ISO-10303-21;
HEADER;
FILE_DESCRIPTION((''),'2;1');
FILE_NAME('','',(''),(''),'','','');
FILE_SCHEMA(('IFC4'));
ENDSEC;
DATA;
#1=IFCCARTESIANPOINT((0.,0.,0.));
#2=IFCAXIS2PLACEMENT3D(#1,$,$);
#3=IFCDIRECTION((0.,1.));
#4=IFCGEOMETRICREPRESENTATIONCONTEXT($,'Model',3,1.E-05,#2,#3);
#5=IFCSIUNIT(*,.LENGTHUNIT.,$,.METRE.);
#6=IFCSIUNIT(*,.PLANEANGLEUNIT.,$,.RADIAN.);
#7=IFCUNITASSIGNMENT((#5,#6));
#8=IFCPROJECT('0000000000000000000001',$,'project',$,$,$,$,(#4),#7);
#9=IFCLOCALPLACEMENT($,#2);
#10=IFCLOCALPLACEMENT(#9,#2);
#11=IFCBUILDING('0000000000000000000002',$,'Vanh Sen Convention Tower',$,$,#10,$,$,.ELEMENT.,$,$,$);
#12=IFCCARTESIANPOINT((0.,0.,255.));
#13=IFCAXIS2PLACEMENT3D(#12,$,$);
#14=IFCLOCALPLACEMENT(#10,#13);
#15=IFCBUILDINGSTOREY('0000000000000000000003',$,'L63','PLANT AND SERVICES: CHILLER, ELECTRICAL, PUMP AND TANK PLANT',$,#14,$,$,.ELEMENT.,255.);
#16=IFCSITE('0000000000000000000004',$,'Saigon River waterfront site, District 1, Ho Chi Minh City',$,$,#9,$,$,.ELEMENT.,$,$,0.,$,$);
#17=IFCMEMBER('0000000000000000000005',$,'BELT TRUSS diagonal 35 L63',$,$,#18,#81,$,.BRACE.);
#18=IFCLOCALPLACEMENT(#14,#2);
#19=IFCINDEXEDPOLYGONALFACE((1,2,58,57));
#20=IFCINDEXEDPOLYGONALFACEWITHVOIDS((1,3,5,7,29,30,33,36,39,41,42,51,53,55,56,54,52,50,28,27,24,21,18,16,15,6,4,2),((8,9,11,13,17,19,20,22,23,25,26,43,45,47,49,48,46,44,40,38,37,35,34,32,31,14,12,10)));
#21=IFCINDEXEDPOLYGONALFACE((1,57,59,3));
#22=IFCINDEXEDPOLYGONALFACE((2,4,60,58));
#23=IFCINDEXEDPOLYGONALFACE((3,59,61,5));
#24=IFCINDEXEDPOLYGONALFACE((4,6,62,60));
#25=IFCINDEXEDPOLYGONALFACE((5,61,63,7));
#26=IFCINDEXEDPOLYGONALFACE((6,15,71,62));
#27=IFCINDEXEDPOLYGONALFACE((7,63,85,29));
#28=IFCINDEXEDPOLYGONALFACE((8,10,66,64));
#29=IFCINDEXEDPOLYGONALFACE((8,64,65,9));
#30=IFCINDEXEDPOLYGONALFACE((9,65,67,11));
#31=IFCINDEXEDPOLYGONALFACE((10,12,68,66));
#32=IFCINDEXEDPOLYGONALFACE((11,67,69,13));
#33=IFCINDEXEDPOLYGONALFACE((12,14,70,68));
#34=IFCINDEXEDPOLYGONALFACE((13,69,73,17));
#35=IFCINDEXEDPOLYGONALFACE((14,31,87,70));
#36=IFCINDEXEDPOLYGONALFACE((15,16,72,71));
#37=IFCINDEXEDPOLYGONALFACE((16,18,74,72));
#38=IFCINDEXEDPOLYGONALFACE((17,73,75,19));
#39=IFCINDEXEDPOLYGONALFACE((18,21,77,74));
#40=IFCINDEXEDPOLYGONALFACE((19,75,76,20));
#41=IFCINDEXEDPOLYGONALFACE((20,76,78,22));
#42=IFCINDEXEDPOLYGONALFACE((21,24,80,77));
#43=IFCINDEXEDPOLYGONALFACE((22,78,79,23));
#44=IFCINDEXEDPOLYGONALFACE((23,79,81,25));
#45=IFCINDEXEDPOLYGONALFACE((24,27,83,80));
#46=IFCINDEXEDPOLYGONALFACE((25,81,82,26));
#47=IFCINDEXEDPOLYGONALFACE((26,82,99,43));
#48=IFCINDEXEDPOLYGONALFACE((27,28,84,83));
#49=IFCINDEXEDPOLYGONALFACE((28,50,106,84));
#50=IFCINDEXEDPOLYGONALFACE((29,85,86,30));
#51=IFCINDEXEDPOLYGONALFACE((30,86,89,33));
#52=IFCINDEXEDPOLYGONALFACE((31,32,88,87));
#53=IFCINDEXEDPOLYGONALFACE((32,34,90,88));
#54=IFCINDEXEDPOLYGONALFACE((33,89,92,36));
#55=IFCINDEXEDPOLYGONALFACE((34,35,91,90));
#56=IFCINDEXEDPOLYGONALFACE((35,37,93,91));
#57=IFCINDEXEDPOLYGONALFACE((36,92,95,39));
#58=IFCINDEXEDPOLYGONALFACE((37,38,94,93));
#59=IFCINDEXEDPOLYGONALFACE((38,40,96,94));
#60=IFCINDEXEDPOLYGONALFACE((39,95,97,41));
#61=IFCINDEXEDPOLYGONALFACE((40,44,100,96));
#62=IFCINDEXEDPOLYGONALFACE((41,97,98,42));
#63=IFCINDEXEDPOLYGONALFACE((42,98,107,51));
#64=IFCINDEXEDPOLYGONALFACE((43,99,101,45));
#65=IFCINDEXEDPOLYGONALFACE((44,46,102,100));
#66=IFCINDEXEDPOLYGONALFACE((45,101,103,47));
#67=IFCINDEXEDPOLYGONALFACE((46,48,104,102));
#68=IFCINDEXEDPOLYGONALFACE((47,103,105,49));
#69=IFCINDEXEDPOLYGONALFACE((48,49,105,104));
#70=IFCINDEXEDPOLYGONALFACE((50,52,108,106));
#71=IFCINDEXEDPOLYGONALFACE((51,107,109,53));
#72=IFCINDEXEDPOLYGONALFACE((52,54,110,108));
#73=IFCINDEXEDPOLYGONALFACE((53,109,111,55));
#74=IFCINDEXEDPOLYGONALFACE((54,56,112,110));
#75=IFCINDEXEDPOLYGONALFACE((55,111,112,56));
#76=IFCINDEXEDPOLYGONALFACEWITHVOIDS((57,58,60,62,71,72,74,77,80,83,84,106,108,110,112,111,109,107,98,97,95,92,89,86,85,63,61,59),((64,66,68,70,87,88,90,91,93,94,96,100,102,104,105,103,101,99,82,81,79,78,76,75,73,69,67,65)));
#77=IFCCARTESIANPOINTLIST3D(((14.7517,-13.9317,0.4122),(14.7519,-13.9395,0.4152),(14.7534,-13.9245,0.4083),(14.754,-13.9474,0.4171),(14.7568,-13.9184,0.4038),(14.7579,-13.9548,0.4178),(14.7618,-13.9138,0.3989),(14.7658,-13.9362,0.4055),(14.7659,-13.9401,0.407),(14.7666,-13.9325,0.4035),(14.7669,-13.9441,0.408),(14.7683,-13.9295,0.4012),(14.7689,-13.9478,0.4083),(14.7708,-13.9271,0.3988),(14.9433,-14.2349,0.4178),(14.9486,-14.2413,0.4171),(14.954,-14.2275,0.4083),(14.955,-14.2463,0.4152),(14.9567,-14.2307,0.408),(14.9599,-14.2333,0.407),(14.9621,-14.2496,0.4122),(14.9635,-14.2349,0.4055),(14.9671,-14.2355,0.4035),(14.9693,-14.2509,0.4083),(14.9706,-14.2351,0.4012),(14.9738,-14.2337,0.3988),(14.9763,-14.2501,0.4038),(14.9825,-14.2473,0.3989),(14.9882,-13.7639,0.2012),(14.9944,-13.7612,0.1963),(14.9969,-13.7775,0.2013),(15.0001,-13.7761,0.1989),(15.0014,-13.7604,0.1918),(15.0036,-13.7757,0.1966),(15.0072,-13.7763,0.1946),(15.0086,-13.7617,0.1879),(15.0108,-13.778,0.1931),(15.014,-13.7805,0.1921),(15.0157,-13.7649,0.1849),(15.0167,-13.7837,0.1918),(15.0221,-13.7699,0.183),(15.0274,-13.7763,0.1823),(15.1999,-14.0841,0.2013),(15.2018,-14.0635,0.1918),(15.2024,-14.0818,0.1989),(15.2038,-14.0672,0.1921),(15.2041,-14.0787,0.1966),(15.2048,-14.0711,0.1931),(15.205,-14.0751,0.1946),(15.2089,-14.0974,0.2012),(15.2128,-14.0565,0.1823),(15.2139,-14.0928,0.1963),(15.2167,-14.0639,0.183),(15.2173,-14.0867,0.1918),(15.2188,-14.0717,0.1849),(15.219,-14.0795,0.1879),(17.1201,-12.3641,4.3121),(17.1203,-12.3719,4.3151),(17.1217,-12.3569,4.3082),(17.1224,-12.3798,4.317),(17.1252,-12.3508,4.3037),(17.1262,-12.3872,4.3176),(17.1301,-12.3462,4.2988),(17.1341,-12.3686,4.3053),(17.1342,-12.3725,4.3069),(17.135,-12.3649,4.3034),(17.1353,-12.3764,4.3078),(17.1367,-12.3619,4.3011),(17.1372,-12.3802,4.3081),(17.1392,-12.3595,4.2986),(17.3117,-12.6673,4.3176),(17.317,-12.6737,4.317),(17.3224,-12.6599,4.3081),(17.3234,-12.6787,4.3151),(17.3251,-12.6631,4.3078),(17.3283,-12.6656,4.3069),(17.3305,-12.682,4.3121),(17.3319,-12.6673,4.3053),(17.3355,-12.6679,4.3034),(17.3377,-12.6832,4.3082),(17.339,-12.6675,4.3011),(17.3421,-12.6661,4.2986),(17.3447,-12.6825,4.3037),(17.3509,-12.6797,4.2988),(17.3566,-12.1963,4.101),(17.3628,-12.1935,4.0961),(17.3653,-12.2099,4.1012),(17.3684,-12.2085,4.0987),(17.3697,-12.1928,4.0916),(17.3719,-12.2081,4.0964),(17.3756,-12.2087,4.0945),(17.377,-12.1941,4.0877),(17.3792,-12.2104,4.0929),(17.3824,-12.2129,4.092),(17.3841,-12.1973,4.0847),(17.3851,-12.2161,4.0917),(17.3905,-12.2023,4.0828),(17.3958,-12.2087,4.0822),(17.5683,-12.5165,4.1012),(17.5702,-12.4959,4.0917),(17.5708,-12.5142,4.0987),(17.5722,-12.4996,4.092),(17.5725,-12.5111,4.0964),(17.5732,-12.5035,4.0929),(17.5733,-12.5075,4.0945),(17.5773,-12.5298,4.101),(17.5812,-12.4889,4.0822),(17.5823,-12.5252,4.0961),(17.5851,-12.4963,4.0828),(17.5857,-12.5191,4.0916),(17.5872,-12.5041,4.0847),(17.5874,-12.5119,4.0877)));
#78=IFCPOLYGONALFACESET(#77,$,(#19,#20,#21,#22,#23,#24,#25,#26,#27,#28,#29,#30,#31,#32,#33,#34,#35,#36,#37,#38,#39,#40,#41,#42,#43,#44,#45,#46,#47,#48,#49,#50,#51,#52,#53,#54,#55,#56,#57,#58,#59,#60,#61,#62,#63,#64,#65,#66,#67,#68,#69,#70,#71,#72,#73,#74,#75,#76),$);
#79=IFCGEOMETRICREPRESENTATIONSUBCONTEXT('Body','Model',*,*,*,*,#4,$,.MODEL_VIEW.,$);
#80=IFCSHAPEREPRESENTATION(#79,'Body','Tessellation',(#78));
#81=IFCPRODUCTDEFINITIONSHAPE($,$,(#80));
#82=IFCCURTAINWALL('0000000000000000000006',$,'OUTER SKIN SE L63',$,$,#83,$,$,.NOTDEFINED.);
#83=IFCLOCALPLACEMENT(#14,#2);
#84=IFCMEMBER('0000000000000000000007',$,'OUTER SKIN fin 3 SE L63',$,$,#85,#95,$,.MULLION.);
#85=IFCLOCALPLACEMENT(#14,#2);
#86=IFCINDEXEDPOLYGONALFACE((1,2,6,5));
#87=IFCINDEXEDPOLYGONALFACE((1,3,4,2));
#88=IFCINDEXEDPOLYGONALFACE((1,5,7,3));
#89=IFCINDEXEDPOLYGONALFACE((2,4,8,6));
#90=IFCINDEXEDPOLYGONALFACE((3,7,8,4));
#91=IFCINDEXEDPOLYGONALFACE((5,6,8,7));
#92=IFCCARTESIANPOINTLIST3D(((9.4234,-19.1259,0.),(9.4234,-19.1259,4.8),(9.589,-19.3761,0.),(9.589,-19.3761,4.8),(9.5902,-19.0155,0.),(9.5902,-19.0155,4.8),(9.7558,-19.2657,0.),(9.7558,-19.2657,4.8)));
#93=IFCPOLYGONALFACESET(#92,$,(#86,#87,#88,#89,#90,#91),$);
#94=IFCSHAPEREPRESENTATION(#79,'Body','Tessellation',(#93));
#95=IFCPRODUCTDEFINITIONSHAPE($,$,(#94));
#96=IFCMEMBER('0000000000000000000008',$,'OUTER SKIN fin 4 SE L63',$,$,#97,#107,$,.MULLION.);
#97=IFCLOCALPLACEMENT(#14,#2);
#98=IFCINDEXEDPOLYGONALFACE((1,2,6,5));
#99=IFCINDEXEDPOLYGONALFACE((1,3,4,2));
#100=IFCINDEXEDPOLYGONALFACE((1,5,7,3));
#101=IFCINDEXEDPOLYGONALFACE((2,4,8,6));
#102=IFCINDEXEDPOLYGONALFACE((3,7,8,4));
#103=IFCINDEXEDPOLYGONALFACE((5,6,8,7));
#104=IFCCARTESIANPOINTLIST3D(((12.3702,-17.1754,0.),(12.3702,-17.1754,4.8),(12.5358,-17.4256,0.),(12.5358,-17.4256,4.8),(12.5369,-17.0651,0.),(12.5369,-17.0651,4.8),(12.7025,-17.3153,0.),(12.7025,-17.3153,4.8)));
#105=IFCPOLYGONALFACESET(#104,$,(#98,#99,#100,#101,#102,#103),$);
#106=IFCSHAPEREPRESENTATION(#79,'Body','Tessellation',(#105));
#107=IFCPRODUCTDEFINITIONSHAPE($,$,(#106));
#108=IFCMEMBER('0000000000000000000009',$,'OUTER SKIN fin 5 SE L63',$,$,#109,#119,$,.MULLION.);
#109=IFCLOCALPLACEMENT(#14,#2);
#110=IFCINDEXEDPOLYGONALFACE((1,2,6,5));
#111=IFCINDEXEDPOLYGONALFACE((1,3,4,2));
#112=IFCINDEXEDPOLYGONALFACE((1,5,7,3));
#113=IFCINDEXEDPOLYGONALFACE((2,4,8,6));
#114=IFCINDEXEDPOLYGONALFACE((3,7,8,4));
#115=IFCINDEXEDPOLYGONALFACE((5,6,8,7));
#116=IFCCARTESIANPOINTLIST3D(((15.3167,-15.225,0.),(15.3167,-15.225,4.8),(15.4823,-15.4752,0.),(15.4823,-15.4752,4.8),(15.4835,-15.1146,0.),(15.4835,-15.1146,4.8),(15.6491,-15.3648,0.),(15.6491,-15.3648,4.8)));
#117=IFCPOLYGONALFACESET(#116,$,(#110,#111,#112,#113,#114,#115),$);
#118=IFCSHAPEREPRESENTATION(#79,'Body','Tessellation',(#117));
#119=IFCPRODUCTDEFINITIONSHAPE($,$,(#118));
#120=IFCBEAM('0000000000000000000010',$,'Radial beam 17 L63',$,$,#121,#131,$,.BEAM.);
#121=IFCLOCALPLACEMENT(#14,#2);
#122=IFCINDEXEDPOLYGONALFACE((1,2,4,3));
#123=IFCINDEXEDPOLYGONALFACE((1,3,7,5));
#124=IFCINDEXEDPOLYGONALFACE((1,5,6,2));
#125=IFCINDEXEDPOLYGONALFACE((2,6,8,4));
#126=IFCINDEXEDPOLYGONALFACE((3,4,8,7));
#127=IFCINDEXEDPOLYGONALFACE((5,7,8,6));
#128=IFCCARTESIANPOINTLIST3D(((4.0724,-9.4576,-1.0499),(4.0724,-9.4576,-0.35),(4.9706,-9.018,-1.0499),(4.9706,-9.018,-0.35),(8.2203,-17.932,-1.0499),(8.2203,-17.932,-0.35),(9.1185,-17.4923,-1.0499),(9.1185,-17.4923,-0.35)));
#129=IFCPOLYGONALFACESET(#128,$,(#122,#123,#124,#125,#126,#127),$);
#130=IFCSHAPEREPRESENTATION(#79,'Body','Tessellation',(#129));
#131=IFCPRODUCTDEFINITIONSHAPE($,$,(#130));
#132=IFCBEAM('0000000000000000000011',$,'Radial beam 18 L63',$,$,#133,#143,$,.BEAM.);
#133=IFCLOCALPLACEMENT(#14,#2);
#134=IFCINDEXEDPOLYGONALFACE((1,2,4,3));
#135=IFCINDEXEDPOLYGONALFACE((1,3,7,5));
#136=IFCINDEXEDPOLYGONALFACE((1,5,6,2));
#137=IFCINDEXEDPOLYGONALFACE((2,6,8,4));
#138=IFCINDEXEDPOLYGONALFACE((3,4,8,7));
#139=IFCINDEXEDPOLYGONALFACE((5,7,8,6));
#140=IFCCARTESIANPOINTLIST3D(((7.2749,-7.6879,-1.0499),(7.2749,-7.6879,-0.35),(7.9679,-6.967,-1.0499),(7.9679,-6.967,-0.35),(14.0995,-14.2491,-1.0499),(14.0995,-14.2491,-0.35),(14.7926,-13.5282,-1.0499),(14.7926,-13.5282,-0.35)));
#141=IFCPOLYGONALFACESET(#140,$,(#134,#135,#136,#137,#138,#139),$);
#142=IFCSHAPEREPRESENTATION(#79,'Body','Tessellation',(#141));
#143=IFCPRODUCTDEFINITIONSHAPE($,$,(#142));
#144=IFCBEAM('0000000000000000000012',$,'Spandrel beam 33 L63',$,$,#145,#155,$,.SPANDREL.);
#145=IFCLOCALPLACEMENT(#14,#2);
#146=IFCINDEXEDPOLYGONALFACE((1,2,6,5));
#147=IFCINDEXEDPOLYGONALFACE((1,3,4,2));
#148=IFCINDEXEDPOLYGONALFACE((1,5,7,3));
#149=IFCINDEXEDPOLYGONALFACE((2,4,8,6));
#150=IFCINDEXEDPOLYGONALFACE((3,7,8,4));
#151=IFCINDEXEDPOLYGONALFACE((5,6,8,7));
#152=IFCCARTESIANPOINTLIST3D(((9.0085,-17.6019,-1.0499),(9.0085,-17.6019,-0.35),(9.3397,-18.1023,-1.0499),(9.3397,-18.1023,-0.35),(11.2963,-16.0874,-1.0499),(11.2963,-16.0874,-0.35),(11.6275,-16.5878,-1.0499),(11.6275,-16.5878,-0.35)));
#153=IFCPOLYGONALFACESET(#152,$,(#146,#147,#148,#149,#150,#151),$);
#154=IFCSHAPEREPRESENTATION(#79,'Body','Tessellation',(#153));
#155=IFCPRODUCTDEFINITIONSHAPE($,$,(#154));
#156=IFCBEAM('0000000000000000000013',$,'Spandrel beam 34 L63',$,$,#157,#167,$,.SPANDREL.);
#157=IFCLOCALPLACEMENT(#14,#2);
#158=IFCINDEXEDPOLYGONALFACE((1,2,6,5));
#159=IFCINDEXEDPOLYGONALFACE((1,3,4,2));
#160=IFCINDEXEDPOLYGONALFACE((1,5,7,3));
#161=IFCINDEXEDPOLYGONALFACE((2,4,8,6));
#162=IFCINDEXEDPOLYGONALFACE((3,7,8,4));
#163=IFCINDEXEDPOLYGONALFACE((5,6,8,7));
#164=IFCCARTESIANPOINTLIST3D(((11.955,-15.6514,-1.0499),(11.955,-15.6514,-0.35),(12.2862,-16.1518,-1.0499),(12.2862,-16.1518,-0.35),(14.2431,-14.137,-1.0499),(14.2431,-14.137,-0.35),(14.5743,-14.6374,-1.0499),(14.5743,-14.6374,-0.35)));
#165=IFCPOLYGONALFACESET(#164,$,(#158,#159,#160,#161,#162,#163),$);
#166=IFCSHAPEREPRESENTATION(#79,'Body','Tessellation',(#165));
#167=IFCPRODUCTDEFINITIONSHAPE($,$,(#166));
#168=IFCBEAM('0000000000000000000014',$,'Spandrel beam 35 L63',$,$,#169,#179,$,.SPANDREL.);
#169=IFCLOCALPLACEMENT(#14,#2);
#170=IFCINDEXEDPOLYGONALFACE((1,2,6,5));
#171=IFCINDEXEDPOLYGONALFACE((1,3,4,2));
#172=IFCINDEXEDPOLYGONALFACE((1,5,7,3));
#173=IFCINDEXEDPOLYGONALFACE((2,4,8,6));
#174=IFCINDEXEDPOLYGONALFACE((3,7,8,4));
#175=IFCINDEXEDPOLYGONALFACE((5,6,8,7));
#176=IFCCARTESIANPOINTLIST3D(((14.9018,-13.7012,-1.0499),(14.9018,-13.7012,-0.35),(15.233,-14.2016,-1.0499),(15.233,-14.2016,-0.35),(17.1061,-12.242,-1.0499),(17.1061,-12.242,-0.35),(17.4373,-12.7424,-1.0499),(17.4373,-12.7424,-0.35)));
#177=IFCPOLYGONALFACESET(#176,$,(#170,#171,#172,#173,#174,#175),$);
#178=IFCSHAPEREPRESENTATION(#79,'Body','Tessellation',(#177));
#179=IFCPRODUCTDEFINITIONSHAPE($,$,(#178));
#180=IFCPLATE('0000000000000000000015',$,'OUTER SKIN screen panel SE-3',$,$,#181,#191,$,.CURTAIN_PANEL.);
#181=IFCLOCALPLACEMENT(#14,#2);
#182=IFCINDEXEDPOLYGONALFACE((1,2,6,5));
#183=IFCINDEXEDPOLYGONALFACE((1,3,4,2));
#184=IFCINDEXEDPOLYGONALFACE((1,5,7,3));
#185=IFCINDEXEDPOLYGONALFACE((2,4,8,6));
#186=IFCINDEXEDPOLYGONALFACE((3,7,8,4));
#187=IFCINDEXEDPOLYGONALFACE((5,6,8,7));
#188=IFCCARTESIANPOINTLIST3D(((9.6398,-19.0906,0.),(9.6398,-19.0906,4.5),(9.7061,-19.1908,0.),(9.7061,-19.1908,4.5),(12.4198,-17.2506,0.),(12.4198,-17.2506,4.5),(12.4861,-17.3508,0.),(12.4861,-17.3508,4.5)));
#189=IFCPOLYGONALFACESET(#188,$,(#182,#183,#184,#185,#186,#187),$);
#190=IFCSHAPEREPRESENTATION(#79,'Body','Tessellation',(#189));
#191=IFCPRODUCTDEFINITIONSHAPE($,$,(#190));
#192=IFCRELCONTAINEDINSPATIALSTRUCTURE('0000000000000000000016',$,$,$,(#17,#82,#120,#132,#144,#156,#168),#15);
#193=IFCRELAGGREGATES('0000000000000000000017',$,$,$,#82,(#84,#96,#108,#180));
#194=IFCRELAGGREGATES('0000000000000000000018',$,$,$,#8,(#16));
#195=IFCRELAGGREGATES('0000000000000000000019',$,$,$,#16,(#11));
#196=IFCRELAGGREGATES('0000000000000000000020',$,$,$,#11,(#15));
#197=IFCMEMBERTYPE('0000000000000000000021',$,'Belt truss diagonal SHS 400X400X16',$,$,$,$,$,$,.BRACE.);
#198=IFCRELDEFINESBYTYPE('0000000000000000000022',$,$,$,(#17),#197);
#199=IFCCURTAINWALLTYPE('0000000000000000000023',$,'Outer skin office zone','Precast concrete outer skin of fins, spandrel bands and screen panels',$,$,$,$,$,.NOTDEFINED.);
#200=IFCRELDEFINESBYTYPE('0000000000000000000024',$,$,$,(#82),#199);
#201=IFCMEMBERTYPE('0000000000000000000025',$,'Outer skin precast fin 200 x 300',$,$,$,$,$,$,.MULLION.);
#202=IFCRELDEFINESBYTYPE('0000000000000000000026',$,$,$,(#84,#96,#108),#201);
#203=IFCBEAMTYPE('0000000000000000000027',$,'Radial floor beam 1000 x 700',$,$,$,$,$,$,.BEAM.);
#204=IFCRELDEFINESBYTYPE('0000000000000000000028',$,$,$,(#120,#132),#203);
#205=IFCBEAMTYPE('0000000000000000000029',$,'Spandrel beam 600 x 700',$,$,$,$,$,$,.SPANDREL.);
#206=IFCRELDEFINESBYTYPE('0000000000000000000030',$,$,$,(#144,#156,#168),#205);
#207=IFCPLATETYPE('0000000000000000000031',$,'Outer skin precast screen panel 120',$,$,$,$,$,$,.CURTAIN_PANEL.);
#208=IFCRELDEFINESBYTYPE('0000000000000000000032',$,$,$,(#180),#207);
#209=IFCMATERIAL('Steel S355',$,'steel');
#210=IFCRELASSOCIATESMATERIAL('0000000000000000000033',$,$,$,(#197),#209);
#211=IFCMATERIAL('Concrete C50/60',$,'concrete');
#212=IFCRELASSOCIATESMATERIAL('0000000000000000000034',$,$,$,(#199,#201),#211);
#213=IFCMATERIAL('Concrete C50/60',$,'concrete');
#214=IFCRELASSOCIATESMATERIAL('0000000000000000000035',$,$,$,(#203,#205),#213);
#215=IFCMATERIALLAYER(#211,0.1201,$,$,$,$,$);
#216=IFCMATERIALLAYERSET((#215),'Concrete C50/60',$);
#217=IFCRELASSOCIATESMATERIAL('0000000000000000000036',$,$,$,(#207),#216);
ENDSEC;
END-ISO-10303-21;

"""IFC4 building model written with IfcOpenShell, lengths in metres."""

from ifc_helpers import new_model, si_unit, direction, frame, origin, origin_2d, place, context, subcontext, project, spatial, rectangle, hollow_rectangle, extrude, material, layer, layer_set, material_profile, profile_set, type_object, element, aggregate, save


model = new_model("IFC4")

# Units and contexts
model_context = context("Model", 3, precision=1e-05, world=origin(), true_north=direction((0.0, 1.0)))
body_context = subcontext(model_context, "Body", "Model", "MODEL_VIEW")
ifc_project = project(units=[si_unit("LENGTHUNIT", "METRE"), si_unit("PLANEANGLEUNIT", "RADIAN")], contexts=[model_context])

# Site, building, storey
site_placement = place(None, origin())
site = spatial("IfcSite", under=ifc_project, at=site_placement, Name="Saigon River waterfront site, District 1, Ho Chi Minh City", CompositionType="ELEMENT", RefElevation=0.0)
building_placement = place(site_placement, origin())
building = spatial("IfcBuilding", under=site, at=building_placement, Name="Vanh Sen Convention Tower", CompositionType="ELEMENT")
storey_placement = place(building_placement, frame((0.0, 0.0, 255.0)))
storey = spatial("IfcBuildingStorey", under=building, at=storey_placement, Name="L63", Description="PLANT AND SERVICES: CHILLER, ELECTRICAL, PUMP AND TANK PLANT", CompositionType="ELEMENT", Elevation=255.0)

# Member
ifc_material_1 = material(Name="Steel S355", Category="steel")
ifc_material_profile_1 = material_profile(ifc_material_1, hollow_rectangle(XDim=0.3999, YDim=0.3999, WallThickness=0.0161, InnerFilletRadius=0.0161, OuterFilletRadius=0.032, at=origin_2d()), Name="SHS 400X400X16")
ifc_profile_set_1 = profile_set([ifc_material_profile_1], Name="Steel S355")
member_type_1 = type_object("IfcMemberType", Name="Belt truss diagonal SHS 400X400X16", PredefinedType="BRACE", material=ifc_profile_set_1)
member_1_placement = place(storey_placement, frame((14.9854, -14.0056, 0.3), z_axis=(0.49091, 0.324929, 0.808349), x_axis=(-0.55194, 0.833884, 0.0)))
element("IfcMember", 1, at=member_1_placement, inside=storey, type_object=member_type_1, Name="BELT TRUSS diagonal 35 L63", PredefinedType="BRACE", context=body_context, shape_type="SweptSolid", body=[
    extrude(hollow_rectangle(XDim=0.3999, YDim=0.3999, WallThickness=0.0161, InnerFilletRadius=0.0161, OuterFilletRadius=0.032, at=origin_2d()), origin(), (0.0, 0.0, 1.0), 4.8245),
])

# Curtain wall, members
ifc_material_2 = material(Name="Concrete C50/60", Category="concrete")
curtain_wall_type = type_object("IfcCurtainWallType", Name="Outer skin office zone", Description="Precast concrete outer skin of fins, spandrel bands and screen panels", PredefinedType="NOTDEFINED", material=ifc_material_2)
curtain_wall_placement = place(storey_placement, origin())
curtain_wall = element("IfcCurtainWall", 2, at=curtain_wall_placement, inside=storey, type_object=curtain_wall_type, Name="OUTER SKIN SE L63", PredefinedType="NOTDEFINED")
ifc_material_profile_2 = material_profile(ifc_material_2, rectangle(XDim=0.2, YDim=0.3, at=origin_2d()), Name="Outer skin precast fin 200 x 300")
ifc_profile_set_2 = profile_set([ifc_material_profile_2], Name="Concrete C50/60")
member_type_2 = type_object("IfcMemberType", Name="Outer skin precast fin 200 x 300", PredefinedType="MULLION", material=ifc_profile_set_2)
member_2_placement = place(storey_placement, frame((9.5896, -19.1958, 0.0), z_axis=(0.0, 0.0, 1.0), x_axis=(0.833886, 0.551937, 0.0)))
member_2 = element("IfcMember", 3, at=member_2_placement, type_object=member_type_2, Name="OUTER SKIN fin 3 SE L63", PredefinedType="MULLION", context=body_context, shape_type="SweptSolid", body=[
    extrude(rectangle(XDim=0.2, YDim=0.3, at=origin_2d()), origin(), (0.0, 0.0, 1.0), 4.8),
])
member_3_placement = place(storey_placement, frame((12.5364, -17.2454, 0.0), z_axis=(0.0, 0.0, 1.0), x_axis=(0.833886, 0.551937, 0.0)))
member_3 = element("IfcMember", 4, at=member_3_placement, type_object=member_type_2, Name="OUTER SKIN fin 4 SE L63", PredefinedType="MULLION", context=body_context, shape_type="SweptSolid", body=[
    extrude(rectangle(XDim=0.2, YDim=0.3, at=origin_2d()), origin(), (0.0, 0.0, 1.0), 4.8),
])
member_4_placement = place(storey_placement, frame((15.4829, -15.2949, 0.0), z_axis=(0.0, 0.0, 1.0), x_axis=(0.833886, 0.551937, 0.0)))
member_4 = element("IfcMember", 5, at=member_4_placement, type_object=member_type_2, Name="OUTER SKIN fin 5 SE L63", PredefinedType="MULLION", context=body_context, shape_type="SweptSolid", body=[
    extrude(rectangle(XDim=0.2, YDim=0.3, at=origin_2d()), origin(), (0.0, 0.0, 1.0), 4.8),
])

# Beams
ifc_material_3 = material(Name="Concrete C50/60", Category="concrete")
ifc_material_profile_3 = material_profile(ifc_material_3, rectangle(XDim=1.0, YDim=0.7, at=origin_2d()), Name="RC 1000X700")
ifc_profile_set_3 = profile_set([ifc_material_profile_3], Name="Concrete C50/60")
beam_type_1 = type_object("IfcBeamType", Name="Radial floor beam 1000 x 700", PredefinedType="BEAM", material=ifc_profile_set_3)
beam_1_placement = place(storey_placement, frame((8.6694, -17.7122, -0.7), z_axis=(-0.439631, 0.898178, 0.0), x_axis=(-0.898178, -0.439631, 0.0)))
element("IfcBeam", 6, at=beam_1_placement, inside=storey, type_object=beam_type_1, Name="Radial beam 17 L63", PredefinedType="BEAM", context=body_context, shape_type="SweptSolid", body=[
    extrude(rectangle(XDim=1.0, YDim=0.7, at=origin_2d()), origin(), (0.0, 0.0, 1.0), 9.4351),
])
beam_2_placement = place(storey_placement, frame((14.446, -13.8887, -0.7), z_axis=(-0.720883, 0.693057, 0.0), x_axis=(-0.693057, -0.720883, 0.0)))
element("IfcBeam", 7, at=beam_2_placement, inside=storey, type_object=beam_type_1, Name="Radial beam 18 L63", PredefinedType="BEAM", context=body_context, shape_type="SweptSolid", body=[
    extrude(rectangle(XDim=1.0, YDim=0.7, at=origin_2d()), origin(), (0.0, 0.0, 1.0), 9.467),
])
ifc_material_profile_4 = material_profile(ifc_material_3, rectangle(XDim=0.6001, YDim=0.7, at=origin_2d()), Name="RC 600X700")
ifc_profile_set_4 = profile_set([ifc_material_profile_4], Name="Concrete C50/60")
beam_type_2 = type_object("IfcBeamType", Name="Spandrel beam 600 x 700", PredefinedType="SPANDREL", material=ifc_profile_set_4)
beam_3_placement = place(storey_placement, frame((9.1741, -17.8521, -0.7), z_axis=(0.833867, 0.551966, 0.0), x_axis=(-0.551966, 0.833867, 0.0)))
element("IfcBeam", 8, at=beam_3_placement, inside=storey, type_object=beam_type_2, Name="Spandrel beam 33 L63", PredefinedType="SPANDREL", context=body_context, shape_type="SweptSolid", body=[
    extrude(rectangle(XDim=0.6001, YDim=0.7, at=origin_2d()), origin(), (0.0, 0.0, 1.0), 2.7437),
])
beam_4_placement = place(storey_placement, frame((12.1206, -15.9016, -0.7), z_axis=(0.833894, 0.551925, 0.0), x_axis=(-0.551925, 0.833894, 0.0)))
element("IfcBeam", 9, at=beam_4_placement, inside=storey, type_object=beam_type_2, Name="Spandrel beam 34 L63", PredefinedType="SPANDREL", context=body_context, shape_type="SweptSolid", body=[
    extrude(rectangle(XDim=0.6001, YDim=0.7, at=origin_2d()), origin(), (0.0, 0.0, 1.0), 2.7439),
])
beam_5_placement = place(storey_placement, frame((15.0674, -13.9514, -0.7), z_axis=(0.83385, 0.551991, 0.0), x_axis=(-0.551991, 0.83385, 0.0)))
element("IfcBeam", 10, at=beam_5_placement, inside=storey, type_object=beam_type_2, Name="Spandrel beam 35 L63", PredefinedType="SPANDREL", context=body_context, shape_type="SweptSolid", body=[
    extrude(rectangle(XDim=0.6001, YDim=0.7, at=origin_2d()), origin(), (0.0, 0.0, 1.0), 2.6436),
])

# Plate
ifc_layer_1 = layer(ifc_material_2, 0.1201)
ifc_layer_set_1 = layer_set([ifc_layer_1], Name="Concrete C50/60")
plate_type = type_object("IfcPlateType", Name="Outer skin precast screen panel 120", PredefinedType="CURTAIN_PANEL", material=ifc_layer_set_1)
plate_1_placement = place(storey_placement, frame((11.063, -18.2207, 0.0), z_axis=(0.0, 0.0, 1.0), x_axis=(0.833896, 0.551921, 0.0)))
plate_1 = element("IfcPlate", 11, at=plate_1_placement, type_object=plate_type, Name="OUTER SKIN screen panel SE-3", PredefinedType="CURTAIN_PANEL", context=body_context, shape_type="SweptSolid", body=[
    extrude(rectangle(XDim=3.3337, YDim=0.1201, at=origin_2d()), origin(), (0.0, 0.0, 1.0), 4.5),
])
aggregate(curtain_wall, [member_2, member_3, member_4, plate_1])

save(model, "model.ifc")
